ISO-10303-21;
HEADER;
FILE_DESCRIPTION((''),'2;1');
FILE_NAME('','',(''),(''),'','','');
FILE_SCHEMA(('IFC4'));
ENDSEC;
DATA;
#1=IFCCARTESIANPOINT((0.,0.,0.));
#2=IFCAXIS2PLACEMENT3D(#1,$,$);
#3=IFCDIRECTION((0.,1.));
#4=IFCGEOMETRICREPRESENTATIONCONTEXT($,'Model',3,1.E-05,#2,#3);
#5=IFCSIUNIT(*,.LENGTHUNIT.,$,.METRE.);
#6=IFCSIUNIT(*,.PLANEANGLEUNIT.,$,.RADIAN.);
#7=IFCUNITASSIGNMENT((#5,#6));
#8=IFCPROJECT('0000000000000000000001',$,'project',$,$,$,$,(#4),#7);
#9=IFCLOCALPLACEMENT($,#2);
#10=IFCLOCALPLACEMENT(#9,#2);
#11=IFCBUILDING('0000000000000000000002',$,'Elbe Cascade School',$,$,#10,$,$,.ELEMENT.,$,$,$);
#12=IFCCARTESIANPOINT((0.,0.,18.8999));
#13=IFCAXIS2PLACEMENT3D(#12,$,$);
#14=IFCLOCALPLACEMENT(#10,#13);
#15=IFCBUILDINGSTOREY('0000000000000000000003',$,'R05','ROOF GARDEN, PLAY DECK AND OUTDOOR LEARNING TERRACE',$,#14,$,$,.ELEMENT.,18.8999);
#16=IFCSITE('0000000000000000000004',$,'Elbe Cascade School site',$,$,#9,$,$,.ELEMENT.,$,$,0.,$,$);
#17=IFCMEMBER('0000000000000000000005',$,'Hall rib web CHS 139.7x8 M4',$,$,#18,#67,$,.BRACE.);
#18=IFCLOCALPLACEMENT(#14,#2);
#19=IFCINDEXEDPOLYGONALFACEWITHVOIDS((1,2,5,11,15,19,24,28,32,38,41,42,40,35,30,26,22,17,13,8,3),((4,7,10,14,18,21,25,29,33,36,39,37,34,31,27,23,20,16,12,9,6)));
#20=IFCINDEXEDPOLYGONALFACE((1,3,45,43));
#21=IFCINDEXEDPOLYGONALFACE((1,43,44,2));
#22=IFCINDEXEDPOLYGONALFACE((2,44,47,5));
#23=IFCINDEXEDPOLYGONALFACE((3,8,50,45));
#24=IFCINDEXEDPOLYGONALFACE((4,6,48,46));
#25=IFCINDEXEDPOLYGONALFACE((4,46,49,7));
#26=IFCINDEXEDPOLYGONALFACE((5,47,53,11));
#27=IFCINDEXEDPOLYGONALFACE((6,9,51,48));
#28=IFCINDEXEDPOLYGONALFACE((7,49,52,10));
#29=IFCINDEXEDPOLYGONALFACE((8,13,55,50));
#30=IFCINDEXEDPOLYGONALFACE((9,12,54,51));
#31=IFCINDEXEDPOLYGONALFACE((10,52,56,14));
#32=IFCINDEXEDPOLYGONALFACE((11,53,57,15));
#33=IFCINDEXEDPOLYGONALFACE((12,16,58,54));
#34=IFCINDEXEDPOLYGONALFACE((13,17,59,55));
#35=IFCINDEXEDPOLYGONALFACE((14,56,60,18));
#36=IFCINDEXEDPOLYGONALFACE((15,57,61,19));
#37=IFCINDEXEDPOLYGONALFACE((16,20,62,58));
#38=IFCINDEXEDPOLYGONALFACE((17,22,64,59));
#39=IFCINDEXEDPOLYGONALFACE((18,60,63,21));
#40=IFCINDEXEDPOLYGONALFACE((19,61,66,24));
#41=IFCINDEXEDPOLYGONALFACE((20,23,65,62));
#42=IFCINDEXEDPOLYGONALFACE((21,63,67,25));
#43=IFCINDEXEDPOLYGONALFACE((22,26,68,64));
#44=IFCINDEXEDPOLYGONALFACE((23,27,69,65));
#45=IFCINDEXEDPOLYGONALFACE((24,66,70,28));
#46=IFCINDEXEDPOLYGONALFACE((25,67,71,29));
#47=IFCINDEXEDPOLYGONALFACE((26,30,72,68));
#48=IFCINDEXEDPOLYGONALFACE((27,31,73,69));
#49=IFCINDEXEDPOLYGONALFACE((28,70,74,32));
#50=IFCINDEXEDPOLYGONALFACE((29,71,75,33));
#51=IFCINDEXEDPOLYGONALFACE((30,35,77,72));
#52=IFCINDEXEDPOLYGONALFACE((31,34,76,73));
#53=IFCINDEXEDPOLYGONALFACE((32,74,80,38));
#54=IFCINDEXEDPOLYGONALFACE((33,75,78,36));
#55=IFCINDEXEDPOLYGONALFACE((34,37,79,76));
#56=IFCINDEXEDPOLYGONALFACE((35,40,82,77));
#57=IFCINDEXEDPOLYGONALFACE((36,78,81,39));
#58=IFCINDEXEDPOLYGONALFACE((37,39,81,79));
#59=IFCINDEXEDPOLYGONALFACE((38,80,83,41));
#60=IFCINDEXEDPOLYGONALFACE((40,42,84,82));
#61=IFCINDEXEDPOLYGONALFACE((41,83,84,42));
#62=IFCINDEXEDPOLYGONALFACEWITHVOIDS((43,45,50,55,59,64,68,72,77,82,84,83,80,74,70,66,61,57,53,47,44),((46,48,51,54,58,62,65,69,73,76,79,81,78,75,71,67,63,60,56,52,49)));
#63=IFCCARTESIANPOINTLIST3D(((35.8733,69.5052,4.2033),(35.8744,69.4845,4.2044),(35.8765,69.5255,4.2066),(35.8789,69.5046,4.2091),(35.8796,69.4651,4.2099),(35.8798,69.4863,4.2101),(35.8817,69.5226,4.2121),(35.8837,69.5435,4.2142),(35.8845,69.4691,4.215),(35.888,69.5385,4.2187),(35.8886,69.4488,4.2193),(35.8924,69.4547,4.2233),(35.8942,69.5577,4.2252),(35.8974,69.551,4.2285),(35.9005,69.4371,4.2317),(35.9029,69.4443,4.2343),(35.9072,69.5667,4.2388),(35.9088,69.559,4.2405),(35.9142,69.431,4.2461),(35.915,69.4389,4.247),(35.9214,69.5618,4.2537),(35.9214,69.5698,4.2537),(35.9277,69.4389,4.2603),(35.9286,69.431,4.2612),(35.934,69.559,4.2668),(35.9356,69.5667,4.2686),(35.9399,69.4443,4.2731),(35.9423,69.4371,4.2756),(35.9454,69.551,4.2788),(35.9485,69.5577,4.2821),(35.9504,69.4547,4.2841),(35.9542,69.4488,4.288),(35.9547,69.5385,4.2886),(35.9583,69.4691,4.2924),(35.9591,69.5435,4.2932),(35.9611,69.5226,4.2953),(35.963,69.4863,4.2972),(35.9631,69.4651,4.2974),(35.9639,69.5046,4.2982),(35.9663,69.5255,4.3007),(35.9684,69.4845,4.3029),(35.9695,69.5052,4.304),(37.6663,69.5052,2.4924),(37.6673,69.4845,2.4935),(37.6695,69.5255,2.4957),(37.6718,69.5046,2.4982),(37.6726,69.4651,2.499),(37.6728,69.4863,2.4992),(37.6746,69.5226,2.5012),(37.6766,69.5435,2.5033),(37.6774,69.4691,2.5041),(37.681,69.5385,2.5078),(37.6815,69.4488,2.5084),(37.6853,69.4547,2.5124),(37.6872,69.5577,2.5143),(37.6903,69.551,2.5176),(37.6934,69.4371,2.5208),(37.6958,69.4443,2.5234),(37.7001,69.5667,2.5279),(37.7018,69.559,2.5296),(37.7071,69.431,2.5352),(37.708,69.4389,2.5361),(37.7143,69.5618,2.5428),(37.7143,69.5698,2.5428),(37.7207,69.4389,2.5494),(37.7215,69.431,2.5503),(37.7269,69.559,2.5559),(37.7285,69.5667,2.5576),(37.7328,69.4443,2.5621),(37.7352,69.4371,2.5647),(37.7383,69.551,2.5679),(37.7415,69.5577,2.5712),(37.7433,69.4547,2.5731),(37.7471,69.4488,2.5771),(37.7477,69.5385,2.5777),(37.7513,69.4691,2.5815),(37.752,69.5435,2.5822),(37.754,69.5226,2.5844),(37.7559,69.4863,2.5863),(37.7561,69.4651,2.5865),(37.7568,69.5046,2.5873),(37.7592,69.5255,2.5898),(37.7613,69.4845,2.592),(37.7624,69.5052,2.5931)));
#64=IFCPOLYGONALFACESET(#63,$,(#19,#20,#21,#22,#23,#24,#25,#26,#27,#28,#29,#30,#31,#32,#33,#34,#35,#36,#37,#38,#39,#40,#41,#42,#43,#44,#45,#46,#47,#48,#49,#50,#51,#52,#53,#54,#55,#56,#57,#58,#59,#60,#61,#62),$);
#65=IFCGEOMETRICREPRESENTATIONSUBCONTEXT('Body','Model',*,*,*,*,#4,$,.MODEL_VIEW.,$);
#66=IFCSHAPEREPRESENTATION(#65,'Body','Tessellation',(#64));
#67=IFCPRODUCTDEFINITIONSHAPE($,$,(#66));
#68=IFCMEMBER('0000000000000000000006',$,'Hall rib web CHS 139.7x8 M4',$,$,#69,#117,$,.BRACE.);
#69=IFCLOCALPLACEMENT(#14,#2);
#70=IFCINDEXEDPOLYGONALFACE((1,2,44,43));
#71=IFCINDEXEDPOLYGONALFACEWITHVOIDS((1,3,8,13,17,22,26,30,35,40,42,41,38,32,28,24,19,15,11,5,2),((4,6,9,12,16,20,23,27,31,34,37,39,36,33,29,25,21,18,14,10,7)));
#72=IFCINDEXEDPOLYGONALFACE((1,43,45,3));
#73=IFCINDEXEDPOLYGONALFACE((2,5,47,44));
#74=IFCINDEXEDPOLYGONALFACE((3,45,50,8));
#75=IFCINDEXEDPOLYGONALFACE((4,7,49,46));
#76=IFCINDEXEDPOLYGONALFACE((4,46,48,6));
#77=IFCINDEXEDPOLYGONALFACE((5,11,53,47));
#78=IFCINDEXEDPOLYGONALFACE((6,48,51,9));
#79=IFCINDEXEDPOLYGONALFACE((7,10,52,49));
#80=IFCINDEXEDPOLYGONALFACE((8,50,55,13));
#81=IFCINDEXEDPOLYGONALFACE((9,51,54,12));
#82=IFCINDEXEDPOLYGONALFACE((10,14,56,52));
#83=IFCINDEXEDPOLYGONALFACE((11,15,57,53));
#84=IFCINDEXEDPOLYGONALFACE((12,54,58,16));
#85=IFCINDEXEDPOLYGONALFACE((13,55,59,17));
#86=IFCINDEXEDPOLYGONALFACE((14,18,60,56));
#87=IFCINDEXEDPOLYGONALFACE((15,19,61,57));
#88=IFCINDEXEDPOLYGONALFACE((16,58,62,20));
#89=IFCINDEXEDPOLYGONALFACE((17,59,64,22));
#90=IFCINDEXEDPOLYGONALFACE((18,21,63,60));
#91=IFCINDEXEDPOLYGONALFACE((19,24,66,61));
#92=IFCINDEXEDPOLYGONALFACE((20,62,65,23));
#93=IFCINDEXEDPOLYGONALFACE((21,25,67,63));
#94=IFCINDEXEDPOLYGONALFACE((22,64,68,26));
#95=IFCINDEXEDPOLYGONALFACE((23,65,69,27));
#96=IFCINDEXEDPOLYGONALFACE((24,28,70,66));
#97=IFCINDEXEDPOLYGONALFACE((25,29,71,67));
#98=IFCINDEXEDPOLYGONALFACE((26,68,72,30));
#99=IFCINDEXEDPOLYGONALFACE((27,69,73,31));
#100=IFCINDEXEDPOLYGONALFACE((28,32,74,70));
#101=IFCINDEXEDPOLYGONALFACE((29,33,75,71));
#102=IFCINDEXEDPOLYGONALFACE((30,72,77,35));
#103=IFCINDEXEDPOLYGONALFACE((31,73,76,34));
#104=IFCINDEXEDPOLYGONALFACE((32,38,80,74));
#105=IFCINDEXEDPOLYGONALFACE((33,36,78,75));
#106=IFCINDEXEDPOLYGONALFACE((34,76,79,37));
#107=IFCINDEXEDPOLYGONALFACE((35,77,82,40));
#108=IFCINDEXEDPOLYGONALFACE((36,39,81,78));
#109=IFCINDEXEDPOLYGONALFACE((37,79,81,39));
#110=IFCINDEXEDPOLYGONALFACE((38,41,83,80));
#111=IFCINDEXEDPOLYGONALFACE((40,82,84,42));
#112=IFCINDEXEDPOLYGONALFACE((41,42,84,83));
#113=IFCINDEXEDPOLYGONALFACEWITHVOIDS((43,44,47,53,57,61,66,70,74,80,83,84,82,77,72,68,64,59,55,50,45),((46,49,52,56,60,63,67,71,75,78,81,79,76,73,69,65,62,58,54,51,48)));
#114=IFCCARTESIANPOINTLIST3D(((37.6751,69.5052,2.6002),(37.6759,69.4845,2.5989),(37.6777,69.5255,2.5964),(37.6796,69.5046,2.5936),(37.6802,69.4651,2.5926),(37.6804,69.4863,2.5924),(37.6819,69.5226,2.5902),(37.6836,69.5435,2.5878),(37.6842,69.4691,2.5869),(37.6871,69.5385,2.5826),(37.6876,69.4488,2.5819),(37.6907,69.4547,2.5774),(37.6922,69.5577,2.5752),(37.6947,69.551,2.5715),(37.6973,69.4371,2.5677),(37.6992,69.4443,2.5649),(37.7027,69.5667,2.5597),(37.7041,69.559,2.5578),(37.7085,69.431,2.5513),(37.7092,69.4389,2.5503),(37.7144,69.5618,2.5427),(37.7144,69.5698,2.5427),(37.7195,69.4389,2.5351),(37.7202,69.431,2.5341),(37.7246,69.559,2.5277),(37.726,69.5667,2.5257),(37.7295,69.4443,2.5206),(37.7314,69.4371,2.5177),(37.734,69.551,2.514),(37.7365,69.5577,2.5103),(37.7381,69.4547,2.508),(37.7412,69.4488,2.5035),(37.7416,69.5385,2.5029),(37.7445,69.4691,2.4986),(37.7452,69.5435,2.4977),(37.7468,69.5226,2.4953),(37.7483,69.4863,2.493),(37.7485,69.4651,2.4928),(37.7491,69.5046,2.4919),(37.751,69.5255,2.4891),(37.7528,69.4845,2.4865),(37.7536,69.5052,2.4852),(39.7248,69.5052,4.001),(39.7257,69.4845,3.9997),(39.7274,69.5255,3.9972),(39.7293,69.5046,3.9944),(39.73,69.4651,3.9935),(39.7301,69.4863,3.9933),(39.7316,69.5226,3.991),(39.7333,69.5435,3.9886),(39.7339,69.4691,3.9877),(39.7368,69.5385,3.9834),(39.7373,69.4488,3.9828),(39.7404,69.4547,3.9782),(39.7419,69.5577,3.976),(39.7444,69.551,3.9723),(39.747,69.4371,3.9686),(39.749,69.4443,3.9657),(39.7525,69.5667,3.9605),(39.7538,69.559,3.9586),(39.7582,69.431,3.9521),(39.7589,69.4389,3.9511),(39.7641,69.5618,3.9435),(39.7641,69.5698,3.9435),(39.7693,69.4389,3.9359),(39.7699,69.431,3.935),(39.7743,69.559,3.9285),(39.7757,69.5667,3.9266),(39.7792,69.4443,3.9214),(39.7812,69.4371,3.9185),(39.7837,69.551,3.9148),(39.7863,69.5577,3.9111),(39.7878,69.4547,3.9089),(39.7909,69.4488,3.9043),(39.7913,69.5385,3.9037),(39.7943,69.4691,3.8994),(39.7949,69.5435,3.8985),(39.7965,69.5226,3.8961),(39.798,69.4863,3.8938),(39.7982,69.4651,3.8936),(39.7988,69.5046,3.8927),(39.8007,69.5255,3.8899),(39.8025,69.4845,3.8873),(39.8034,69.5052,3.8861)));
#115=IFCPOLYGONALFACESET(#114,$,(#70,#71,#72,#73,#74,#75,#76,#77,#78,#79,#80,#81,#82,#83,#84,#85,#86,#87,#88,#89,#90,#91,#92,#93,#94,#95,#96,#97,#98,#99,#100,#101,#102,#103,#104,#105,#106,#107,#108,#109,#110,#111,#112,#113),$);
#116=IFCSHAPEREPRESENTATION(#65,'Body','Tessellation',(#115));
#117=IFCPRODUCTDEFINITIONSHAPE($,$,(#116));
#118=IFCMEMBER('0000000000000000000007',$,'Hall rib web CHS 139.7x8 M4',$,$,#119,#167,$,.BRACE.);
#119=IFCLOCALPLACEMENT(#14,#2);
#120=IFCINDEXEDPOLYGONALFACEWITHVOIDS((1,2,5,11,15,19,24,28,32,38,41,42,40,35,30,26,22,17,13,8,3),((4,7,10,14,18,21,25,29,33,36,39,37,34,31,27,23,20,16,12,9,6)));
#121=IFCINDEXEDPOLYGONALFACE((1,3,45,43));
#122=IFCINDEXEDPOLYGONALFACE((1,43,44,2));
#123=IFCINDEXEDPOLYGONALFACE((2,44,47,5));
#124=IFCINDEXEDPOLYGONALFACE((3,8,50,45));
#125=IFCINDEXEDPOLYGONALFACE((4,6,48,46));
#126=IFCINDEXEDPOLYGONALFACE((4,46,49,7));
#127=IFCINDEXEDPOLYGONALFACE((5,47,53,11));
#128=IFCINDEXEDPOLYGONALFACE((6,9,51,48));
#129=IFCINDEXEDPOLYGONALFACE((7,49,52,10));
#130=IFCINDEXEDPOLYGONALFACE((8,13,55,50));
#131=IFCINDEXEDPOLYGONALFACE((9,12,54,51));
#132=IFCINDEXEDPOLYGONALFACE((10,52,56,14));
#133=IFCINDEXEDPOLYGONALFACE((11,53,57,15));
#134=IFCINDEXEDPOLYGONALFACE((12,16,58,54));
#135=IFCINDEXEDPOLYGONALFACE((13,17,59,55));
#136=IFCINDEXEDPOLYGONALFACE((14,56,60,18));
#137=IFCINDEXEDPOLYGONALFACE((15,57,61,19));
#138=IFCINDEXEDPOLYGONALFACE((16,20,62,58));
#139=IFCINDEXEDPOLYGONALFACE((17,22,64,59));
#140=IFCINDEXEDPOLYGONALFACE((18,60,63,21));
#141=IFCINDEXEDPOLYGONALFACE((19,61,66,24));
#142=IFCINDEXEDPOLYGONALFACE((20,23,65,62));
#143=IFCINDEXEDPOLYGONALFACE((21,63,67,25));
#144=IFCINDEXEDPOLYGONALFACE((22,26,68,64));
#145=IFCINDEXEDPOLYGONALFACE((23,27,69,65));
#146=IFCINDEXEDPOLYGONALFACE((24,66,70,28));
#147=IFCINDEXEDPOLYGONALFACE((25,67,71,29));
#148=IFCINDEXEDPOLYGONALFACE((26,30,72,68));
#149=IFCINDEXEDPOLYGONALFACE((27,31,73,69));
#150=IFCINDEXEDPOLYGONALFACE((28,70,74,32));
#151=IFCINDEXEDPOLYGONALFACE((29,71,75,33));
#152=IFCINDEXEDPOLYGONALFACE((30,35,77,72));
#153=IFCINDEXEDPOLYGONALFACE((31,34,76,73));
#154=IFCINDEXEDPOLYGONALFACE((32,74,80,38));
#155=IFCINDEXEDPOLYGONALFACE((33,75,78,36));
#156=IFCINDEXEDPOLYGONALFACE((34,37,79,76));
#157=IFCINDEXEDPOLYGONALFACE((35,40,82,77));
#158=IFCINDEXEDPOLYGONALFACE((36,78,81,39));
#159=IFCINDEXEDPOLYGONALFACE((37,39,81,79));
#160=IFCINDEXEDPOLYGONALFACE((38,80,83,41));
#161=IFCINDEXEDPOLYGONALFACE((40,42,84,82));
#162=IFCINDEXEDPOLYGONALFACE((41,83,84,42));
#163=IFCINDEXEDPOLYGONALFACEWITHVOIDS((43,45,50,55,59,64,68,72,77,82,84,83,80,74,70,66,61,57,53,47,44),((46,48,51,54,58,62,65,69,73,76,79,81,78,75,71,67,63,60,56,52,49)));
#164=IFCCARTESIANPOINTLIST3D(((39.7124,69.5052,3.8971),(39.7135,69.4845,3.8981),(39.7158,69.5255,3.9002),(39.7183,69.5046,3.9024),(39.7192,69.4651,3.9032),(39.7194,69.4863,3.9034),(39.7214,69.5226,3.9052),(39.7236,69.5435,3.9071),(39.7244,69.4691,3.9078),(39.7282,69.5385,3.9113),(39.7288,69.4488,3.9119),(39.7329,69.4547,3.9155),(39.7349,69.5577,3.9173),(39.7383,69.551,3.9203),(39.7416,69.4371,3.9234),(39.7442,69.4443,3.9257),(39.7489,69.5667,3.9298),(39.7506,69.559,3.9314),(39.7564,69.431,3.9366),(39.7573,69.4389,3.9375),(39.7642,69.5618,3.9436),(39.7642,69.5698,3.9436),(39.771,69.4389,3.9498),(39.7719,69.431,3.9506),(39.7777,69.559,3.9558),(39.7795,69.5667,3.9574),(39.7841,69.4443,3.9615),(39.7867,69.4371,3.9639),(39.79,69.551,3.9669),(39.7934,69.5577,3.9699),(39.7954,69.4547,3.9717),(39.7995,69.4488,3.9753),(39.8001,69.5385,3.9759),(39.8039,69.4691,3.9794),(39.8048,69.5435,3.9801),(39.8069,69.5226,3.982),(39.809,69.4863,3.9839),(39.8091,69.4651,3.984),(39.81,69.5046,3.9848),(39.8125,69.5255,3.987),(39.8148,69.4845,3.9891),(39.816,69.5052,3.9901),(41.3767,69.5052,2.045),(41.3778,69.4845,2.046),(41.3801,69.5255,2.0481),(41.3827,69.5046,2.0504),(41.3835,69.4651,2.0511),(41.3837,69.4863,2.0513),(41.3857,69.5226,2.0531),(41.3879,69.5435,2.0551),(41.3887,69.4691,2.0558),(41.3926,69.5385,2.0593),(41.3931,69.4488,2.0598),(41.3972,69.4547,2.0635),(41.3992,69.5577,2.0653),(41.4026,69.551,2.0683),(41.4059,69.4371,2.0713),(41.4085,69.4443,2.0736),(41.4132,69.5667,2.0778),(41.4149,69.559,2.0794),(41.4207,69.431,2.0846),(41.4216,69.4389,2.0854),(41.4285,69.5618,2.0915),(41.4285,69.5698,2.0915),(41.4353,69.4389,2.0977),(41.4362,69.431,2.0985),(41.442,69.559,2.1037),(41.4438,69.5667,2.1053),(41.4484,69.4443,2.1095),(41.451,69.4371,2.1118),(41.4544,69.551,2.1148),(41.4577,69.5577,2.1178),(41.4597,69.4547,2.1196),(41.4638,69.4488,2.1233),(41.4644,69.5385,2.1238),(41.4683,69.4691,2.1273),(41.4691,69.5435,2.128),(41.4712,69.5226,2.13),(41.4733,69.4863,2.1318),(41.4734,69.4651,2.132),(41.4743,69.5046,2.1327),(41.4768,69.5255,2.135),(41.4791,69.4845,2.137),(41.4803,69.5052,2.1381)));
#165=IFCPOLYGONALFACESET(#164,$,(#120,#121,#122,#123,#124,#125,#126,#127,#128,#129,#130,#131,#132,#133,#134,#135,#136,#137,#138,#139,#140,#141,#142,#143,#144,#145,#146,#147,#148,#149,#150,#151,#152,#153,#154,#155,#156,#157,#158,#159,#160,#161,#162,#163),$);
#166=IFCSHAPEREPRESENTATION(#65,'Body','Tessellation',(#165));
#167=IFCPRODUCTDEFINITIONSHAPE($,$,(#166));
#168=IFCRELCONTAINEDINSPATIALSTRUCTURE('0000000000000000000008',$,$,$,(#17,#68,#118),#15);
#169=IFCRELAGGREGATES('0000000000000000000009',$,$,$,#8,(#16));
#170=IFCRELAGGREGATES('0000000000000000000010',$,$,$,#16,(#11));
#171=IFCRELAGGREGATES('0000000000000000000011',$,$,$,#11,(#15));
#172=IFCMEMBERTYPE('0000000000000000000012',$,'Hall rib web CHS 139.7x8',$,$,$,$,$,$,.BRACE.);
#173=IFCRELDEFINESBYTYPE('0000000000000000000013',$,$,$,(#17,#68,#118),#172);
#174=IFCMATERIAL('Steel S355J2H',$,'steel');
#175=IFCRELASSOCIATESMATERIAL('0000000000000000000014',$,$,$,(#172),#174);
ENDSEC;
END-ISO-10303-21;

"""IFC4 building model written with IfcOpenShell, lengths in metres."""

from ifc_helpers import new_model, si_unit, direction, frame, origin, origin_2d, place, context, subcontext, project, spatial, hollow_circle, extrude, material, material_profile, profile_set, type_object, element, save


model = new_model("IFC4")

# Units and contexts
model_context = context("Model", 3, precision=1e-05, world=origin(), true_north=direction((0.0, 1.0)))
body_context = subcontext(model_context, "Body", "Model", "MODEL_VIEW")
ifc_project = project(units=[si_unit("LENGTHUNIT", "METRE"), si_unit("PLANEANGLEUNIT", "RADIAN")], contexts=[model_context])

# Site, building, storey
site_placement = place(None, origin())
site = spatial("IfcSite", under=ifc_project, at=site_placement, Name="Elbe Cascade School site", CompositionType="ELEMENT", RefElevation=0.0)
building_placement = place(site_placement, origin())
building = spatial("IfcBuilding", under=site, at=building_placement, Name="Elbe Cascade School", CompositionType="ELEMENT")
storey_placement = place(building_placement, frame((0.0, 0.0, 18.8999)))
storey = spatial("IfcBuildingStorey", under=building, at=storey_placement, Name="R05", Description="ROOF GARDEN, PLAY DECK AND OUTDOOR LEARNING TERRACE", CompositionType="ELEMENT", Elevation=18.8999)

# Members
ifc_material_1 = material(Name="Steel S355J2H", Category="steel")
ifc_material_profile_1 = material_profile(ifc_material_1, hollow_circle(Radius=0.0698, WallThickness=0.0081, at=origin_2d()), Name="CHS 139.7x8")
ifc_profile_set_1 = profile_set([ifc_material_profile_1], Name="Steel S355J2H")
member_type_1 = type_object("IfcMemberType", Name="Hall rib web CHS 139.7x8", PredefinedType="BRACE", material=ifc_profile_set_1)
member_1_placement = place(storey_placement, frame((35.9214, 69.5, 4.2537), z_axis=(0.723463, 0.0, -0.690363), x_axis=(0.0, 1.0, 0.0)))
element("IfcMember", 1, at=member_1_placement, inside=storey, type_object=member_type_1, Name="Hall rib web CHS 139.7x8 M4", PredefinedType="BRACE", context=body_context, shape_type="SweptSolid", body=[
    extrude(hollow_circle(Radius=0.0698, WallThickness=0.0081, at=origin_2d()), origin(), (0.0, 0.0, 1.0), 2.4783),
])
member_2_placement = place(storey_placement, frame((37.7144, 69.5, 2.5427), z_axis=(0.825611, 0.0, 0.56424), x_axis=(0.0, 1.0, 0.0)))
element("IfcMember", 2, at=member_2_placement, inside=storey, type_object=member_type_1, Name="Hall rib web CHS 139.7x8 M4", PredefinedType="BRACE", context=body_context, shape_type="SweptSolid", body=[
    extrude(hollow_circle(Radius=0.0698, WallThickness=0.0081, at=origin_2d()), origin(), (0.0, 0.0, 1.0), 2.4827),
])
member_3_placement = place(storey_placement, frame((39.7642, 69.5, 3.9436), z_axis=(0.668401, 0.0, -0.743801), x_axis=(0.0, 1.0, 0.0)))
element("IfcMember", 3, at=member_3_placement, inside=storey, type_object=member_type_1, Name="Hall rib web CHS 139.7x8 M4", PredefinedType="BRACE", context=body_context, shape_type="SweptSolid", body=[
    extrude(hollow_circle(Radius=0.0698, WallThickness=0.0081, at=origin_2d()), origin(), (0.0, 0.0, 1.0), 2.49),
])

save(model, "model.ifc")
